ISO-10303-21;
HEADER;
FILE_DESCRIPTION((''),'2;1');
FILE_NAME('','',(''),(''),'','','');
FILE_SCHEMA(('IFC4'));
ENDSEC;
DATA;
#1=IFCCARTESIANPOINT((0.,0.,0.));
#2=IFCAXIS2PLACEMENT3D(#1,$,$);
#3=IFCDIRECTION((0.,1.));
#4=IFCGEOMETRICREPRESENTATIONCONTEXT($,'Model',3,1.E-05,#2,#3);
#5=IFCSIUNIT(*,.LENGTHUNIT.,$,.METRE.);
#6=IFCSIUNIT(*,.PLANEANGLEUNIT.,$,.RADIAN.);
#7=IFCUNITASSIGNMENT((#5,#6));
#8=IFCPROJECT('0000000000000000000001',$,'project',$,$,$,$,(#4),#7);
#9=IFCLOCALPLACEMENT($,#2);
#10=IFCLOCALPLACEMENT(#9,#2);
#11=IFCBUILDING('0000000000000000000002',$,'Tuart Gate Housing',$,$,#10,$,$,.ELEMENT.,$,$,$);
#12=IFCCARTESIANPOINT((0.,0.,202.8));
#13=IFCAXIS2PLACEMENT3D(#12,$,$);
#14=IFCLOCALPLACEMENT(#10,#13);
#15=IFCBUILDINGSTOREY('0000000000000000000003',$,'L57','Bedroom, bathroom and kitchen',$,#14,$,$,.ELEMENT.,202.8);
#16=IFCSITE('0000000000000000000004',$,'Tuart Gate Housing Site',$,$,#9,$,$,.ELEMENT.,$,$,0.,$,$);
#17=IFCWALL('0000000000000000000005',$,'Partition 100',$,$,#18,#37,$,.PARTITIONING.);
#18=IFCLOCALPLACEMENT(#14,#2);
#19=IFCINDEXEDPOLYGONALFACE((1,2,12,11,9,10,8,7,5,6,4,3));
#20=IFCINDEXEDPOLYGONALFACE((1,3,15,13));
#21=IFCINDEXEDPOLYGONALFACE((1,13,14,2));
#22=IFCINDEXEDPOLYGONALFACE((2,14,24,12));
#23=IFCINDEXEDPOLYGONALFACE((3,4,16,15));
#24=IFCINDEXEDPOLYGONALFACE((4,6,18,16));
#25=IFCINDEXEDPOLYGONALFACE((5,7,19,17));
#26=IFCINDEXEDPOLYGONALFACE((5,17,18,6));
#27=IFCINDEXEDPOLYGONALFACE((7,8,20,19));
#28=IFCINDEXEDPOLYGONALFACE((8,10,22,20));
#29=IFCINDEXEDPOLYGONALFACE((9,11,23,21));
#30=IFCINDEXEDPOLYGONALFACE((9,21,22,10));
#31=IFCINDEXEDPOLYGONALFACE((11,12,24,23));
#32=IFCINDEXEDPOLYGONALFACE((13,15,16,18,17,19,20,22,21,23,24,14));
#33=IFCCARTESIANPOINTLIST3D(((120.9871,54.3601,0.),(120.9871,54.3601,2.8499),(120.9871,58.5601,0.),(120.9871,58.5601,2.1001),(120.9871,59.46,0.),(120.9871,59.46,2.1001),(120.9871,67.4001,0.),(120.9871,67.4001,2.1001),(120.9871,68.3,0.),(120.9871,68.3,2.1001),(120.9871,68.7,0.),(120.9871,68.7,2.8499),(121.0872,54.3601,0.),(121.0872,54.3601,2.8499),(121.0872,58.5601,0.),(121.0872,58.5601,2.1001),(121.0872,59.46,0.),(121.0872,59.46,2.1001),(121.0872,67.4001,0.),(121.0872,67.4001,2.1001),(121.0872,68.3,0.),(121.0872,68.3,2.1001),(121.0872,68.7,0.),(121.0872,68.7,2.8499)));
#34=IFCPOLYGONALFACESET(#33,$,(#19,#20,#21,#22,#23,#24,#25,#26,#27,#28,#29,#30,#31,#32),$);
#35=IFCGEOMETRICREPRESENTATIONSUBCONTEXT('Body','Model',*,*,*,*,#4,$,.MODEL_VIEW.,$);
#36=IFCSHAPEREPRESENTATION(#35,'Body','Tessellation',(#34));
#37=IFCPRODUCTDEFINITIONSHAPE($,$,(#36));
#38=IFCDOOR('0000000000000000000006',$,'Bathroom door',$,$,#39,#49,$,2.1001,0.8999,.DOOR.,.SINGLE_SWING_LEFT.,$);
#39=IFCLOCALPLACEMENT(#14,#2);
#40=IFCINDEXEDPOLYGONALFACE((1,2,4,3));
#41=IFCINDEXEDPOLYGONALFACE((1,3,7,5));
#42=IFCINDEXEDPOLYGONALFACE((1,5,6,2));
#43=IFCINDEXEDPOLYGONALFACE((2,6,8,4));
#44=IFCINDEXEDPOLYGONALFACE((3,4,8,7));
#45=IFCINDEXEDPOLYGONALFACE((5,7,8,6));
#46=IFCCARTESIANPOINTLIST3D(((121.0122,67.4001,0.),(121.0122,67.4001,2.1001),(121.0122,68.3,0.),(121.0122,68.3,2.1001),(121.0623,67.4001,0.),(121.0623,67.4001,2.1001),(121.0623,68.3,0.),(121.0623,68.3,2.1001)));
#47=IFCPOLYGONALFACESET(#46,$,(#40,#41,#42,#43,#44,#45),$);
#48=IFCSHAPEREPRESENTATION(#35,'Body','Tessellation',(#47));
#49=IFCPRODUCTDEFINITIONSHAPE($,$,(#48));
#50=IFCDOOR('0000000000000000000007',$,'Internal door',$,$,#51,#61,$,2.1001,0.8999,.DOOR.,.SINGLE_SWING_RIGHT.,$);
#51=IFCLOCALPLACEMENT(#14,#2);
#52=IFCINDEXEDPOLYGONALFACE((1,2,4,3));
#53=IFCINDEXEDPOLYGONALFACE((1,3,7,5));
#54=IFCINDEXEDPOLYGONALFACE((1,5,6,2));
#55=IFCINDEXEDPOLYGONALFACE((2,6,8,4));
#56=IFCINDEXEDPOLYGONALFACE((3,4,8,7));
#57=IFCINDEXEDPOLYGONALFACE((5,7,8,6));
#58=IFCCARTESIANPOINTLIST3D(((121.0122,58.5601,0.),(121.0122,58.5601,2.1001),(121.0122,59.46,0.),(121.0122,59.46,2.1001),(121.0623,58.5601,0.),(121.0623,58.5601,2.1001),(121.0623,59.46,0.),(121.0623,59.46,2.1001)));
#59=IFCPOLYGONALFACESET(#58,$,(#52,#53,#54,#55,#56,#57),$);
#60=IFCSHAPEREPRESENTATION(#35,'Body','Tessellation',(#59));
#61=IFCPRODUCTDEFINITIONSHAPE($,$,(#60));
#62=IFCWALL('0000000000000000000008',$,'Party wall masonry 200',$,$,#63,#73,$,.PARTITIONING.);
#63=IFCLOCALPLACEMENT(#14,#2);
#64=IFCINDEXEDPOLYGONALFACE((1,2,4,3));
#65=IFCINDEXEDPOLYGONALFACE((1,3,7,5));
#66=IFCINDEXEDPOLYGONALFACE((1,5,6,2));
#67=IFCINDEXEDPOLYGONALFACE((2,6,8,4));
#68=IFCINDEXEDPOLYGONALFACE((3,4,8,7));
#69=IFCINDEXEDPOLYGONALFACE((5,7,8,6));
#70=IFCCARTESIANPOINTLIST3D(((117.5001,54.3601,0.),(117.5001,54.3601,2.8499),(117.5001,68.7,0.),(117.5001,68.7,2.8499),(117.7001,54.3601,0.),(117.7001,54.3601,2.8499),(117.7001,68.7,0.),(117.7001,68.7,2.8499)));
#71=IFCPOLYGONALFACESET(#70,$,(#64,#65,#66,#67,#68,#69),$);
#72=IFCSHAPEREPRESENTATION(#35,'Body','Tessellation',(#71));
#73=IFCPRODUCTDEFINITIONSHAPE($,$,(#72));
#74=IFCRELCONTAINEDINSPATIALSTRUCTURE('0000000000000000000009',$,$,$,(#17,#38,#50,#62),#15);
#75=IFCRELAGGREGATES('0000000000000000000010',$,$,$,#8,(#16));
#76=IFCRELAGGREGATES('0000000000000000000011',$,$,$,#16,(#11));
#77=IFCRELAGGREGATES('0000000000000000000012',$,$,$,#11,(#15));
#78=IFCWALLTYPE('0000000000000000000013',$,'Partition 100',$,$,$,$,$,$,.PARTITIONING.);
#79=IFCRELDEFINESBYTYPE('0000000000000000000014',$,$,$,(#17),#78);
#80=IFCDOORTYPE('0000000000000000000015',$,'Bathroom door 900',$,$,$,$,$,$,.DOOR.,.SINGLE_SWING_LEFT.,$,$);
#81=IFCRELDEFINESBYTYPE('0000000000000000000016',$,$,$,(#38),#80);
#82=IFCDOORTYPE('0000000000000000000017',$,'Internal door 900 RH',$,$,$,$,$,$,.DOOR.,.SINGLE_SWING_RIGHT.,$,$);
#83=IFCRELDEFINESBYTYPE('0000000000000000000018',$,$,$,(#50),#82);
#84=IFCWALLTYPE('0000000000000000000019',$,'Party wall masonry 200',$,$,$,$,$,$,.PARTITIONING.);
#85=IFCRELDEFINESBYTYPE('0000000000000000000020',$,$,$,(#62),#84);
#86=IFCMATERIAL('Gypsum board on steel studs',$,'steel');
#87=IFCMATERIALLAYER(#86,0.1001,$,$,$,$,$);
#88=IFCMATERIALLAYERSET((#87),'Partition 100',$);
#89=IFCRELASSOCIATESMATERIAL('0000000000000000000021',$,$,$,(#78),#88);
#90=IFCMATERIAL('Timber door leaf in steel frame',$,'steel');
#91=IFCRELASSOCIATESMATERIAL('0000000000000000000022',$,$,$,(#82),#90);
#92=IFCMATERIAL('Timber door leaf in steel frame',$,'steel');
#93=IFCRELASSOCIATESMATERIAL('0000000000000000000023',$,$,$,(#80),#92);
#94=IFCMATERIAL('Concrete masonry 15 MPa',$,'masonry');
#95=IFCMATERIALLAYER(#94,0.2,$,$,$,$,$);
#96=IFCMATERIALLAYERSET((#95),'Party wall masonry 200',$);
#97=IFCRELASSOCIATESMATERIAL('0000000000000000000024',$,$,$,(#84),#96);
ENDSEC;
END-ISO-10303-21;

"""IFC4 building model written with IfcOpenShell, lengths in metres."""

from ifc_helpers import new_model, si_unit, direction, frame, frame_2d, origin, place, context, subcontext, project, spatial, rectangle, extrude, material, layer, layer_set, type_object, element, fill, save


model = new_model("IFC4")

# Units and contexts
model_context = context("Model", 3, precision=1e-05, world=origin(), true_north=direction((0.0, 1.0)))
body_context = subcontext(model_context, "Body", "Model", "MODEL_VIEW")
ifc_project = project(units=[si_unit("LENGTHUNIT", "METRE"), si_unit("PLANEANGLEUNIT", "RADIAN")], contexts=[model_context])

# Site, building, storey
site_placement = place(None, origin())
site = spatial("IfcSite", under=ifc_project, at=site_placement, Name="Tuart Gate Housing Site", CompositionType="ELEMENT", RefElevation=0.0)
building_placement = place(site_placement, origin())
building = spatial("IfcBuilding", under=site, at=building_placement, Name="Tuart Gate Housing", CompositionType="ELEMENT")
storey_placement = place(building_placement, frame((0.0, 0.0, 202.8)))
storey = spatial("IfcBuildingStorey", under=building, at=storey_placement, Name="L57", Description="Bedroom, bathroom and kitchen", CompositionType="ELEMENT", Elevation=202.8)

# Shared definitions
ifc_material_1 = material(Name="Gypsum board on steel studs", Category="steel")
ifc_layer_1 = layer(ifc_material_1, 0.1001)
ifc_layer_set_1 = layer_set([ifc_layer_1], Name="Partition 100")
wall_type_1 = type_object("IfcWallType", Name="Partition 100", PredefinedType="PARTITIONING", material=ifc_layer_set_1)
ifc_material_2 = material(Name="Timber door leaf in steel frame", Category="steel")
door_type_1 = type_object("IfcDoorType", Name="Internal door 900 RH", OperationType="SINGLE_SWING_RIGHT", PredefinedType="DOOR", material=ifc_material_2)

# Wall, openings, doors
wall_1_placement = place(storey_placement, frame((121.0371, 54.3601, 0.0), z_axis=(0.0, 0.0, 1.0), x_axis=(0.0, 1.0, 0.0)))
wall_1 = element("IfcWall", 1, at=wall_1_placement, inside=storey, type_object=wall_type_1, Name="Partition 100", PredefinedType="PARTITIONING", context=body_context, shape_type="SweptSolid", body=[
    extrude(rectangle(XDim=14.3398, YDim=0.1001, at=frame_2d((7.1699, 0.0))), origin(), (0.0, 0.0, 1.0), 2.8499),
])
opening_1_placement = place(wall_1_placement, frame((4.2, 0.0, 0.0)))
opening_1 = element("IfcOpeningElement", 2, at=opening_1_placement, cuts=wall_1, PredefinedType="OPENING", context=body_context, shape_type="SweptSolid", body=[
    extrude(rectangle(XDim=0.8999, YDim=2.1001, at=frame_2d((0.45, 1.05))), frame((0.0, 0.0601, 0.0), z_axis=(0.0, -1.0, 0.0), x_axis=(1.0, 0.0, 0.0)), (0.0, 0.0, 1.0), 0.1201),
])
opening_2_placement = place(wall_1_placement, frame((13.04, 0.0, 0.0)))
opening_2 = element("IfcOpeningElement", 3, at=opening_2_placement, cuts=wall_1, PredefinedType="OPENING", context=body_context, shape_type="SweptSolid", body=[
    extrude(rectangle(XDim=0.8999, YDim=2.1001, at=frame_2d((0.45, 1.05))), frame((0.0, 0.0601, 0.0), z_axis=(0.0, -1.0, 0.0), x_axis=(1.0, 0.0, 0.0)), (0.0, 0.0, 1.0), 0.1201),
])
ifc_material_3 = material(Name="Timber door leaf in steel frame", Category="steel")
door_type_2 = type_object("IfcDoorType", Name="Bathroom door 900", OperationType="SINGLE_SWING_LEFT", PredefinedType="DOOR", material=ifc_material_3)
door_1_placement = place(opening_2_placement, frame((0.8999, 0.0, 0.0), z_axis=(0.0, 0.0, 1.0), x_axis=(-1.0, 0.0, 0.0)))
door_1 = element("IfcDoor", 4, at=door_1_placement, inside=storey, type_object=door_type_2, Name="Bathroom door", OperationType="SINGLE_SWING_LEFT", OverallHeight=2.1001, OverallWidth=0.8999, PredefinedType="DOOR", context=body_context, shape_type="SweptSolid", body=[
    extrude(rectangle(XDim=0.8999, YDim=2.1001, at=frame_2d((0.45, 1.05))), frame((0.0, 0.0251, 0.0), z_axis=(0.0, -1.0, 0.0), x_axis=(1.0, 0.0, 0.0)), (0.0, 0.0, 1.0), 0.05),
])
fill(opening_2, door_1)
door_2_placement = place(opening_1_placement, frame((0.8999, 0.0, 0.0), z_axis=(0.0, 0.0, 1.0), x_axis=(-1.0, 0.0, 0.0)))
door_2 = element("IfcDoor", 5, at=door_2_placement, inside=storey, type_object=door_type_1, Name="Internal door", OperationType="SINGLE_SWING_RIGHT", OverallHeight=2.1001, OverallWidth=0.8999, PredefinedType="DOOR", context=body_context, shape_type="SweptSolid", body=[
    extrude(rectangle(XDim=0.8999, YDim=2.1001, at=frame_2d((0.45, 1.05))), frame((0.0, 0.0251, 0.0), z_axis=(0.0, -1.0, 0.0), x_axis=(1.0, 0.0, 0.0)), (0.0, 0.0, 1.0), 0.05),
])
fill(opening_1, door_2)

# Wall
ifc_material_4 = material(Name="Concrete masonry 15 MPa", Category="masonry")
ifc_layer_2 = layer(ifc_material_4, 0.2)
ifc_layer_set_2 = layer_set([ifc_layer_2], Name="Party wall masonry 200")
wall_type_2 = type_object("IfcWallType", Name="Party wall masonry 200", PredefinedType="PARTITIONING", material=ifc_layer_set_2)
wall_2_placement = place(storey_placement, frame((117.6001, 54.3601, 0.0), z_axis=(0.0, 0.0, 1.0), x_axis=(0.0, 1.0, 0.0)))
element("IfcWall", 6, at=wall_2_placement, inside=storey, type_object=wall_type_2, Name="Party wall masonry 200", PredefinedType="PARTITIONING", context=body_context, shape_type="SweptSolid", body=[
    extrude(rectangle(XDim=14.3398, YDim=0.2, at=frame_2d((7.1699, 0.0))), origin(), (0.0, 0.0, 1.0), 2.8499),
])

save(model, "model.ifc")
